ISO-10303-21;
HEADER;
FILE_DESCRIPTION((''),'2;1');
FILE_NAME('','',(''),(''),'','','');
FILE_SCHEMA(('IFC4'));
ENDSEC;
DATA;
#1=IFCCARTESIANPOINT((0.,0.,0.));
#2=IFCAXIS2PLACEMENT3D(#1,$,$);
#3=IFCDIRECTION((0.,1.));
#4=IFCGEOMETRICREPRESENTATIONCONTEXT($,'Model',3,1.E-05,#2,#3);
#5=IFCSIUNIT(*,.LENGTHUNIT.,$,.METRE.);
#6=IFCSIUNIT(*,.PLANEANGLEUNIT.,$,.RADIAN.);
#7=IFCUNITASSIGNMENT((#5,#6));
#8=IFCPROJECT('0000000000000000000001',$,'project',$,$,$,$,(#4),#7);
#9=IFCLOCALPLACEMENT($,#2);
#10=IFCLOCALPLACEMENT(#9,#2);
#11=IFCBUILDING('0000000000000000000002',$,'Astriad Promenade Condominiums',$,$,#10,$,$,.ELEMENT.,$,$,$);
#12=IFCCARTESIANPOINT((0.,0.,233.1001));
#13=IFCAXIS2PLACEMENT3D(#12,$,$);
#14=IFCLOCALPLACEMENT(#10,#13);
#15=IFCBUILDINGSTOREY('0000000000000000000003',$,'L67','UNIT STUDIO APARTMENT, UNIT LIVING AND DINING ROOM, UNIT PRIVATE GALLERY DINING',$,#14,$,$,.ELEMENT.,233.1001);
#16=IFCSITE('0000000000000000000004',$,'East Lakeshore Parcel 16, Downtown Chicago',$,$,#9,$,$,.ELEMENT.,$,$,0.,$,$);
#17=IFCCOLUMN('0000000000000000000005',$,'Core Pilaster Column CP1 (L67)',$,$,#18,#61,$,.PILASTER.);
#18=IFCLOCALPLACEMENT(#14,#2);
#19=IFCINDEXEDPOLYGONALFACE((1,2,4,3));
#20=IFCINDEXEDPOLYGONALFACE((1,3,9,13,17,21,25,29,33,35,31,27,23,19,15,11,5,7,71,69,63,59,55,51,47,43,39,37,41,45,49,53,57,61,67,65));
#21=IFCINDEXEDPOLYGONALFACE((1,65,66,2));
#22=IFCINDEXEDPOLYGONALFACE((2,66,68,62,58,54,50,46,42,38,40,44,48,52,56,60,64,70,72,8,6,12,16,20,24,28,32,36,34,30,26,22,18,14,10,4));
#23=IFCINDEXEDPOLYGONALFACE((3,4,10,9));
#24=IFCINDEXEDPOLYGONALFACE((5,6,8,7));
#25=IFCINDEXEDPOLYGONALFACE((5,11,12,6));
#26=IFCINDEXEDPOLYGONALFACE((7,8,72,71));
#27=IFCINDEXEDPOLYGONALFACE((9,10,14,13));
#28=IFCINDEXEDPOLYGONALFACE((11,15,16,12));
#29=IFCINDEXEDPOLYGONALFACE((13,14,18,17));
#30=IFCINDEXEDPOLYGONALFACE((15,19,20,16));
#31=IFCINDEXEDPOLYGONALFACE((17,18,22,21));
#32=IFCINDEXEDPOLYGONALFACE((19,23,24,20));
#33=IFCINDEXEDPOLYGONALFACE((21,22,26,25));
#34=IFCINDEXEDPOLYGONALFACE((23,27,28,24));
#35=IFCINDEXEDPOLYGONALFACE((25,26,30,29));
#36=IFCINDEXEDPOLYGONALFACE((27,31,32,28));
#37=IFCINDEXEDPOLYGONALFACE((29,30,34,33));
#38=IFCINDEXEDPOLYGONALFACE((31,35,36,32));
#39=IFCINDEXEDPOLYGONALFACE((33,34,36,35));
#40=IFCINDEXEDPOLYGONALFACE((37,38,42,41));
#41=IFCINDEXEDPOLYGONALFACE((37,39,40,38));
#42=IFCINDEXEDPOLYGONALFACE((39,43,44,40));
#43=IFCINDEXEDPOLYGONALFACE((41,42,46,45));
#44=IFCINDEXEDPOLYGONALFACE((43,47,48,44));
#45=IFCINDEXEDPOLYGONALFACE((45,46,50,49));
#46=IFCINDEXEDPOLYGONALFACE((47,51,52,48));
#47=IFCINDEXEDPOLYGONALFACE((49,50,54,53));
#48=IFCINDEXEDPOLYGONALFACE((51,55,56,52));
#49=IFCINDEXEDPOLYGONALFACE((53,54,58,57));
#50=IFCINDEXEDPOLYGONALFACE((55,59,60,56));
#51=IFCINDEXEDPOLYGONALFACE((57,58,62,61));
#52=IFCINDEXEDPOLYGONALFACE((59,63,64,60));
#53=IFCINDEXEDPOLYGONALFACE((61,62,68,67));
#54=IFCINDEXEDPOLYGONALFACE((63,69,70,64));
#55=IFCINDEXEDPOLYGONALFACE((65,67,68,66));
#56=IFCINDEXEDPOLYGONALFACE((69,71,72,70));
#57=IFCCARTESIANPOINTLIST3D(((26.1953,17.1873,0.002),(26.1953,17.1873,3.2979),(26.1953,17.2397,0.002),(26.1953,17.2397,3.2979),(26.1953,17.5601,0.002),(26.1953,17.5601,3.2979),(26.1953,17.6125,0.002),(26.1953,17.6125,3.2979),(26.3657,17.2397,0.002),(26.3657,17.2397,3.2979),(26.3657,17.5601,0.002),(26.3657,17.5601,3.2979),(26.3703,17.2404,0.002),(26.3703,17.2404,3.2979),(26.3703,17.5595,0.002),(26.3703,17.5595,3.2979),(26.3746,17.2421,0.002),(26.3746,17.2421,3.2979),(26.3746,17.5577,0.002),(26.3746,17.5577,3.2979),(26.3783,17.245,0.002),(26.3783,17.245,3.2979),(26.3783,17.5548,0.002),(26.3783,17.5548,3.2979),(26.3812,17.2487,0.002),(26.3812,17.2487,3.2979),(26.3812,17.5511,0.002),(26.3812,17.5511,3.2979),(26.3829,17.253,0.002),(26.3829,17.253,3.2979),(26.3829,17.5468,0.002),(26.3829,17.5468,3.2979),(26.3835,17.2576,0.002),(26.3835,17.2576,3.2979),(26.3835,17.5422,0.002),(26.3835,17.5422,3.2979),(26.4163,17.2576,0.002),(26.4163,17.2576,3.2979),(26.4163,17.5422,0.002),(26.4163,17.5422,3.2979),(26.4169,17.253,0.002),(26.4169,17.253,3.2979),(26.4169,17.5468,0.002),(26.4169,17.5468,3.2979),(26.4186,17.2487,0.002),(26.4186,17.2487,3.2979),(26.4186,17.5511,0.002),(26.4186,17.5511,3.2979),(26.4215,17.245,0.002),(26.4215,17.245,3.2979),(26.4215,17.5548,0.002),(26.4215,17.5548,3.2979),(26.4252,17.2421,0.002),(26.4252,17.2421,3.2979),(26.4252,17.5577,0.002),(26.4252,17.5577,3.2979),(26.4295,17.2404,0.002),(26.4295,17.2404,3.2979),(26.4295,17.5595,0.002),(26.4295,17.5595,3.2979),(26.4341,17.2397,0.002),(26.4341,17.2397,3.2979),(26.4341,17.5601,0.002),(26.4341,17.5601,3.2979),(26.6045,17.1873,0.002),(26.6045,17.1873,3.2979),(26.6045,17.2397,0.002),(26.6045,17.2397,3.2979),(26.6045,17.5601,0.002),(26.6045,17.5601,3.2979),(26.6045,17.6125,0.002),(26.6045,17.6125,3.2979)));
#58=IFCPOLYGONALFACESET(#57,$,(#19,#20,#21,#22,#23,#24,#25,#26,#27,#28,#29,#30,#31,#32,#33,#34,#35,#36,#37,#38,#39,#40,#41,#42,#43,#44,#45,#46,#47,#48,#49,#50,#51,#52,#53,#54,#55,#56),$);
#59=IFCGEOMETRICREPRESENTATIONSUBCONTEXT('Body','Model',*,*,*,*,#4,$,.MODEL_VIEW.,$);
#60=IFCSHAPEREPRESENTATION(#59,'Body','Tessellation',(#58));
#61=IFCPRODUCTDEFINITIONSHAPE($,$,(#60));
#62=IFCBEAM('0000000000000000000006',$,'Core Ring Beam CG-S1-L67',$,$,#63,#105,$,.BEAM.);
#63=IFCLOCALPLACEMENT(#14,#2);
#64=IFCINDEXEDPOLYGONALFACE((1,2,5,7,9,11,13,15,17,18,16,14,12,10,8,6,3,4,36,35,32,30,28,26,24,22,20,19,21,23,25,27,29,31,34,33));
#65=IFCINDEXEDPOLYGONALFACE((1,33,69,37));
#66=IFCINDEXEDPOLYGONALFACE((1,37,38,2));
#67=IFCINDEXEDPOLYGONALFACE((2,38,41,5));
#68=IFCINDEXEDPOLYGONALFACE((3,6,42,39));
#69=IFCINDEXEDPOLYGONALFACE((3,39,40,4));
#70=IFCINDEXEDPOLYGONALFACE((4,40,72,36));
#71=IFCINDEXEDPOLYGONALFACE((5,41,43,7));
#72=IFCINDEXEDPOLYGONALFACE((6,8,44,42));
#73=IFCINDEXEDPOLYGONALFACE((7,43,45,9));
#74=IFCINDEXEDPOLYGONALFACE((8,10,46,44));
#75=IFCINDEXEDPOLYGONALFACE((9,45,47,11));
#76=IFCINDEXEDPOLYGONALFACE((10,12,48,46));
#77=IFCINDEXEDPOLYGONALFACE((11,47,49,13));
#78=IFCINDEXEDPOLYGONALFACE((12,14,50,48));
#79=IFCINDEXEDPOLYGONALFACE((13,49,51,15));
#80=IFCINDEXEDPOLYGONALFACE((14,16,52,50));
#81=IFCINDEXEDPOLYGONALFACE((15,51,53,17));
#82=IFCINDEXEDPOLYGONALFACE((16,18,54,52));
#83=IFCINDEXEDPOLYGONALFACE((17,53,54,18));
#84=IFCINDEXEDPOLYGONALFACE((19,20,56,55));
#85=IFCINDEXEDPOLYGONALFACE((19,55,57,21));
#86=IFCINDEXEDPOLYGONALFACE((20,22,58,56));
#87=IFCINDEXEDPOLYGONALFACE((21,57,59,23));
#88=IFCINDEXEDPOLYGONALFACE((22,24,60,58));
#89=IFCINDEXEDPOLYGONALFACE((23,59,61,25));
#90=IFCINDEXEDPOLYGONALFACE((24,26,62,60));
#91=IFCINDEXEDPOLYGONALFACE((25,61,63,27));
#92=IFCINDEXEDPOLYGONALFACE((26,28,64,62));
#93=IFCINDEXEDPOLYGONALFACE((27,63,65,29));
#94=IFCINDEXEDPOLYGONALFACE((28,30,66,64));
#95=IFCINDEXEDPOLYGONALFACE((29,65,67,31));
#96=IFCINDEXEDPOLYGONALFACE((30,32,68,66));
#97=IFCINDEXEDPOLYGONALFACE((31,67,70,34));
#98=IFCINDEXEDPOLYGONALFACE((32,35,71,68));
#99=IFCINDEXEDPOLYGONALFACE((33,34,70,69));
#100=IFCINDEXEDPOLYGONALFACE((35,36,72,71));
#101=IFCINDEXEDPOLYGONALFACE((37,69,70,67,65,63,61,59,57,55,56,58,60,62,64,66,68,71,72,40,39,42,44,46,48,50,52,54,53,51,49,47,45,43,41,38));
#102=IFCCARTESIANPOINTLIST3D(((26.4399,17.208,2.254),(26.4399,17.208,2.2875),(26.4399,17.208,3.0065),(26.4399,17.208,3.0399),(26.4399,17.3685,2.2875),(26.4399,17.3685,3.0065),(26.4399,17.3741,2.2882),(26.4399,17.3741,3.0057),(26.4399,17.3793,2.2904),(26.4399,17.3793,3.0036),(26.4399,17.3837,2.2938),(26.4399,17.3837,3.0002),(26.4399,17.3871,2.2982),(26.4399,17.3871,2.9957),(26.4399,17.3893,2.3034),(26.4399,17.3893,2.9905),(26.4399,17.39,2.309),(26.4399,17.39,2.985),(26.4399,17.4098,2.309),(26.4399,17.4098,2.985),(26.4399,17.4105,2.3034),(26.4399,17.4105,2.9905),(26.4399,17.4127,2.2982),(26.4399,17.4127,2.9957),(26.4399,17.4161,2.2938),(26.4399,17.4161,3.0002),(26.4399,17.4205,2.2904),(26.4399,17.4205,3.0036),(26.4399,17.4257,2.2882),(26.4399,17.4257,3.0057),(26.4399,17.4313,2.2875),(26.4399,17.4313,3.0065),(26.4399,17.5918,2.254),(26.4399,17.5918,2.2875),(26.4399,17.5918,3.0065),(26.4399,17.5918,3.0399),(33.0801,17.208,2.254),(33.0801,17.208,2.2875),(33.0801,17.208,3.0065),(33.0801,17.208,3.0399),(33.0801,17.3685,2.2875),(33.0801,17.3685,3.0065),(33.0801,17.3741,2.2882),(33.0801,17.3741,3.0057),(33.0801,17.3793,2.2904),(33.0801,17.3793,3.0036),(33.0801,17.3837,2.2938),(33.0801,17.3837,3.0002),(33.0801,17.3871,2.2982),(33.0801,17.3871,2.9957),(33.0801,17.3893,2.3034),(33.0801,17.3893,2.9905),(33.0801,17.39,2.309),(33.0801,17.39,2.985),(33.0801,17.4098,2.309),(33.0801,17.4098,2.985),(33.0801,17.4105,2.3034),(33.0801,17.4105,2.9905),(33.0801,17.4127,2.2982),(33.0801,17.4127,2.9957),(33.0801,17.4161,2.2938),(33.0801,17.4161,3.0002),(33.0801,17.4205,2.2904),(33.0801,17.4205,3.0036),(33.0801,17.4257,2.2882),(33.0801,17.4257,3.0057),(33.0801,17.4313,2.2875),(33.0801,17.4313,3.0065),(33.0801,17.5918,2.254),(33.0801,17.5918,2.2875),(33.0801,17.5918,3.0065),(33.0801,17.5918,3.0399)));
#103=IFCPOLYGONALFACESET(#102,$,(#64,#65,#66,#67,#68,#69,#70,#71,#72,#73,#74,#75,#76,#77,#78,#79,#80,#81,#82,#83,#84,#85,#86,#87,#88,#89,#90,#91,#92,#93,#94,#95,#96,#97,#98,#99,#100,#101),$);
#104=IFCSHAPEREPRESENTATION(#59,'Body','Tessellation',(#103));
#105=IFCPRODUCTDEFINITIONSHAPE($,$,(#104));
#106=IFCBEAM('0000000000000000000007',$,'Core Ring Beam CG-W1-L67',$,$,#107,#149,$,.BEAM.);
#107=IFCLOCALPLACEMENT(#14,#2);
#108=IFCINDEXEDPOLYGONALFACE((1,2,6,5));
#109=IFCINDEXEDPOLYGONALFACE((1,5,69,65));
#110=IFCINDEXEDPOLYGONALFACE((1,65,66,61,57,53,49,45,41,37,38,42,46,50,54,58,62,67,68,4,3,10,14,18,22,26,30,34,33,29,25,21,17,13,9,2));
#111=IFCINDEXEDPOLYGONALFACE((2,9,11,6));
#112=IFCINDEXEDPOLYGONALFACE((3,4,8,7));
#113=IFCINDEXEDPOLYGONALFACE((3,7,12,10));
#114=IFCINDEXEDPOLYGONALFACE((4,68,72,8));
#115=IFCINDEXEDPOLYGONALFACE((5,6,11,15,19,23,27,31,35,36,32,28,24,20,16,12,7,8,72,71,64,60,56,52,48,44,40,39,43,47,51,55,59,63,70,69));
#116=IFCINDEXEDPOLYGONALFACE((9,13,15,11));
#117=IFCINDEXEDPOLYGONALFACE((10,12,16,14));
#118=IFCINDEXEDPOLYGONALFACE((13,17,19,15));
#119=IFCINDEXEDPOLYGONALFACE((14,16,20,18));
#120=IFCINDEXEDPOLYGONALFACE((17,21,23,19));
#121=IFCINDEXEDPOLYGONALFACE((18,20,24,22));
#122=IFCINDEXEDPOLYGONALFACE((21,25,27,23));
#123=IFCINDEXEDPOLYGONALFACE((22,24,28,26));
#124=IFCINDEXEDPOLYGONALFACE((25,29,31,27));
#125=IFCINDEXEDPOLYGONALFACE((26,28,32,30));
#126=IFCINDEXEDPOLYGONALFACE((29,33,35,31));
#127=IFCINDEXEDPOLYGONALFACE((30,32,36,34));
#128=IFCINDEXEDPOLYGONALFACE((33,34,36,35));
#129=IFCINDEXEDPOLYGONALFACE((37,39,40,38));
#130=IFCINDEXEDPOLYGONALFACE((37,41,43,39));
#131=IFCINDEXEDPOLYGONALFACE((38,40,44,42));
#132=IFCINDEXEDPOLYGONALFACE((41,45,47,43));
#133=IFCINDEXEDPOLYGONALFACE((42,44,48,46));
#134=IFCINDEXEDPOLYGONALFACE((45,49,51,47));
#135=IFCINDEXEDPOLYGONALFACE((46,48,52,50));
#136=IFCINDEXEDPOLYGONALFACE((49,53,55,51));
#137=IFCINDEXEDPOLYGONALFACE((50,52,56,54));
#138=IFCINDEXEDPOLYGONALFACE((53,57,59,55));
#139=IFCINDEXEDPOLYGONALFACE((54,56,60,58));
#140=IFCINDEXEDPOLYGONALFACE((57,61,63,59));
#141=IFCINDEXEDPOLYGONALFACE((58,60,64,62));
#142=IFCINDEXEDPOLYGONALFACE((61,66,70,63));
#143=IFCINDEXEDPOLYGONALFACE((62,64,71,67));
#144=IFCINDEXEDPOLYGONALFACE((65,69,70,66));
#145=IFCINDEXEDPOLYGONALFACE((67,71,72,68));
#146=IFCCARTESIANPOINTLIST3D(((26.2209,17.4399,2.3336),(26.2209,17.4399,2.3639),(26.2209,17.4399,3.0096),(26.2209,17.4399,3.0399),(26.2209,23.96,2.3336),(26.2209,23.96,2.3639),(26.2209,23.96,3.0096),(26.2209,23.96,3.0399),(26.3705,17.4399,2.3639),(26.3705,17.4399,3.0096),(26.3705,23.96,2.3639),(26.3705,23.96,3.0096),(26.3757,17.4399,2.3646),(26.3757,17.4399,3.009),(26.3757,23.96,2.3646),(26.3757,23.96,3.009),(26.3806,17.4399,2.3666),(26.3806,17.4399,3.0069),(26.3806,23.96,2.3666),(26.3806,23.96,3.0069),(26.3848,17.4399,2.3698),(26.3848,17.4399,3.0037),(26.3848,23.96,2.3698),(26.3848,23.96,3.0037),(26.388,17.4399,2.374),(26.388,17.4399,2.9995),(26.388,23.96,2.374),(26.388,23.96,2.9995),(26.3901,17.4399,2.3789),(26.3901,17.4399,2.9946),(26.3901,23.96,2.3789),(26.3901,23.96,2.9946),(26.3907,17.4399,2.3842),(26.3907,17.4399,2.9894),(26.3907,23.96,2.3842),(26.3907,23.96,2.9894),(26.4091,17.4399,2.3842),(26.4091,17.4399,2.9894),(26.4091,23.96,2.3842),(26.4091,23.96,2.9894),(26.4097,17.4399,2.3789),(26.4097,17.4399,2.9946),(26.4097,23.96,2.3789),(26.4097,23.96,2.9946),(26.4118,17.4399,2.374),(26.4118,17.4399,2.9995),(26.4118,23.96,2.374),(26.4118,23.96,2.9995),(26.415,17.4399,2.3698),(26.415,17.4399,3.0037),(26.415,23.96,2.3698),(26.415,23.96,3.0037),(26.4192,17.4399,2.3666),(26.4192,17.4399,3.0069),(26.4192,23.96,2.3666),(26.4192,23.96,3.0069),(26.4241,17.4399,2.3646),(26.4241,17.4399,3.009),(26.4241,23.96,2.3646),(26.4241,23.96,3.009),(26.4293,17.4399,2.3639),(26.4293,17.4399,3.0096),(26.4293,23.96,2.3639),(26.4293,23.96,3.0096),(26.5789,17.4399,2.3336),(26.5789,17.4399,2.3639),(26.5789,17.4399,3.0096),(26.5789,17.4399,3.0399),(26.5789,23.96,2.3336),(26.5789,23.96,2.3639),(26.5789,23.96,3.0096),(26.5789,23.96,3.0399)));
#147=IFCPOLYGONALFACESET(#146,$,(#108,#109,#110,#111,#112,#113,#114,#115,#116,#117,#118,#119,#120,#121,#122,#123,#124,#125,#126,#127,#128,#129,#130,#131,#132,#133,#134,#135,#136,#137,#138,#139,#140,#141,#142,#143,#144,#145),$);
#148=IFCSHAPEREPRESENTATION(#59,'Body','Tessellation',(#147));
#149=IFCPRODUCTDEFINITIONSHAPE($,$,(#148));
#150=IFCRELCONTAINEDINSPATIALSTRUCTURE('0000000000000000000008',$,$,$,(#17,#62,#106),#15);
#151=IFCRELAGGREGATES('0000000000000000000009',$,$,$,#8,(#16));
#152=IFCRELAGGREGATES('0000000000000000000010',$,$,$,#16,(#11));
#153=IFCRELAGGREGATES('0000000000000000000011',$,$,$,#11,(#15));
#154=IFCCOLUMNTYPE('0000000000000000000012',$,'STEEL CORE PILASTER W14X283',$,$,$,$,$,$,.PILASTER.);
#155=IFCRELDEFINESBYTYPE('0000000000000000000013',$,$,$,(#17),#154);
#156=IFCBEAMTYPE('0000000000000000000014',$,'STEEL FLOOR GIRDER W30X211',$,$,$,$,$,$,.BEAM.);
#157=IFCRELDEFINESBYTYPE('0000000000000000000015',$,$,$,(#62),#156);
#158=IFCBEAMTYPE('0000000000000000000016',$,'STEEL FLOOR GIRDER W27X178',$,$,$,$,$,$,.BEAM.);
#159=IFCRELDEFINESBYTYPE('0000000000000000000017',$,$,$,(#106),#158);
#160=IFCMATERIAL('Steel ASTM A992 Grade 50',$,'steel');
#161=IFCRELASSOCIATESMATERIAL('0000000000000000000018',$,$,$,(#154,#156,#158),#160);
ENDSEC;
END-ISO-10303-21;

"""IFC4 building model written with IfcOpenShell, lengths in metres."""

from ifc_helpers import new_model, si_unit, direction, frame, origin, origin_2d, place, context, subcontext, project, spatial, i_section, extrude, source, transform, mapped, material, material_profile, profile_set, type_object, type_shapes, element, save


model = new_model("IFC4")

# Units and contexts
model_context = context("Model", 3, precision=1e-05, world=origin(), true_north=direction((0.0, 1.0)))
body_context = subcontext(model_context, "Body", "Model", "MODEL_VIEW")
ifc_project = project(units=[si_unit("LENGTHUNIT", "METRE"), si_unit("PLANEANGLEUNIT", "RADIAN")], contexts=[model_context])

# Site, building, storey
site_placement = place(None, origin())
site = spatial("IfcSite", under=ifc_project, at=site_placement, Name="East Lakeshore Parcel 16, Downtown Chicago", CompositionType="ELEMENT", RefElevation=0.0)
building_placement = place(site_placement, origin())
building = spatial("IfcBuilding", under=site, at=building_placement, Name="Astriad Promenade Condominiums", CompositionType="ELEMENT")
storey_placement = place(building_placement, frame((0.0, 0.0, 233.1001)))
storey = spatial("IfcBuildingStorey", under=building, at=storey_placement, Name="L67", Description="UNIT STUDIO APARTMENT, UNIT LIVING AND DINING ROOM, UNIT PRIVATE GALLERY DINING", CompositionType="ELEMENT", Elevation=233.1001)

# Column
ifc_material_1 = material(Name="Steel ASTM A992 Grade 50", Category="steel")
ifc_material_profile_1 = material_profile(ifc_material_1, i_section(OverallWidth=0.4092, OverallDepth=0.4253, WebThickness=0.0327, FlangeThickness=0.0525, FilletRadius=0.0178, at=origin_2d()), Name="W14X283")
ifc_profile_set_1 = profile_set([ifc_material_profile_1], Name="Steel ASTM A992 Grade 50")
column_type = type_object("IfcColumnType", Name="STEEL CORE PILASTER W14X283", PredefinedType="PILASTER", material=ifc_profile_set_1)
shared_shape_1 = source(origin(), body_context, "Body", "SweptSolid", [
    extrude(i_section(OverallWidth=0.4092, OverallDepth=0.4253, WebThickness=0.0327, FlangeThickness=0.0525, FilletRadius=0.0178, at=origin_2d()), origin(), (0.0, 0.0, 1.0), 3.2959),
])
type_shapes(column_type, [shared_shape_1])
column_placement = place(storey_placement, frame((26.3999, 17.3999, 0.002), z_axis=(0.0, 0.0, 1.0), x_axis=(1.0, 0.0, 0.0)))
element("IfcColumn", 1, at=column_placement, inside=storey, type_object=column_type, Name="Core Pilaster Column CP1 (L67)", PredefinedType="PILASTER", context=body_context, shape_type="MappedRepresentation", body=[
    mapped(shared_shape_1, transform((0.0, 0.0, 0.0), scale=1.0)),
])

# Beams
ifc_material_profile_2 = material_profile(ifc_material_1, i_section(OverallWidth=0.3838, OverallDepth=0.7859, WebThickness=0.0198, FlangeThickness=0.0334, FilletRadius=0.0215, at=origin_2d()), Name="W30X211")
ifc_profile_set_2 = profile_set([ifc_material_profile_2], Name="Steel ASTM A992 Grade 50")
beam_type_1 = type_object("IfcBeamType", Name="STEEL FLOOR GIRDER W30X211", PredefinedType="BEAM", material=ifc_profile_set_2)
shared_shape_2 = source(origin(), body_context, "Body", "SweptSolid", [
    extrude(i_section(OverallWidth=0.3838, OverallDepth=0.7859, WebThickness=0.0198, FlangeThickness=0.0334, FilletRadius=0.0215, at=origin_2d()), origin(), (0.0, 0.0, 1.0), 6.6401),
])
type_shapes(beam_type_1, [shared_shape_2])
beam_1_placement = place(storey_placement, frame((26.4399, 17.3999, 2.647), z_axis=(1.0, 0.0, 0.0), x_axis=(0.0, 1.0, 0.0)))
element("IfcBeam", 2, at=beam_1_placement, inside=storey, type_object=beam_type_1, Name="Core Ring Beam CG-S1-L67", PredefinedType="BEAM", context=body_context, shape_type="MappedRepresentation", body=[
    mapped(shared_shape_2, transform((0.0, 0.0, 0.0), scale=1.0)),
])
ifc_material_profile_3 = material_profile(ifc_material_1, i_section(OverallWidth=0.3579, OverallDepth=0.7063, WebThickness=0.0183, FlangeThickness=0.0303, FilletRadius=0.0203, at=origin_2d()), Name="W27X178")
ifc_profile_set_3 = profile_set([ifc_material_profile_3], Name="Steel ASTM A992 Grade 50")
beam_type_2 = type_object("IfcBeamType", Name="STEEL FLOOR GIRDER W27X178", PredefinedType="BEAM", material=ifc_profile_set_3)
shared_shape_3 = source(origin(), body_context, "Body", "SweptSolid", [
    extrude(i_section(OverallWidth=0.3579, OverallDepth=0.7063, WebThickness=0.0183, FlangeThickness=0.0303, FilletRadius=0.0203, at=origin_2d()), origin(), (0.0, 0.0, 1.0), 6.52),
])
type_shapes(beam_type_2, [shared_shape_3])
beam_2_placement = place(storey_placement, frame((26.3999, 17.4399, 2.6868), z_axis=(0.0, 1.0, 0.0), x_axis=(-1.0, 0.0, 0.0)))
element("IfcBeam", 3, at=beam_2_placement, inside=storey, type_object=beam_type_2, Name="Core Ring Beam CG-W1-L67", PredefinedType="BEAM", context=body_context, shape_type="MappedRepresentation", body=[
    mapped(shared_shape_3, transform((0.0, 0.0, 0.0), scale=1.0)),
])

save(model, "model.ifc")
